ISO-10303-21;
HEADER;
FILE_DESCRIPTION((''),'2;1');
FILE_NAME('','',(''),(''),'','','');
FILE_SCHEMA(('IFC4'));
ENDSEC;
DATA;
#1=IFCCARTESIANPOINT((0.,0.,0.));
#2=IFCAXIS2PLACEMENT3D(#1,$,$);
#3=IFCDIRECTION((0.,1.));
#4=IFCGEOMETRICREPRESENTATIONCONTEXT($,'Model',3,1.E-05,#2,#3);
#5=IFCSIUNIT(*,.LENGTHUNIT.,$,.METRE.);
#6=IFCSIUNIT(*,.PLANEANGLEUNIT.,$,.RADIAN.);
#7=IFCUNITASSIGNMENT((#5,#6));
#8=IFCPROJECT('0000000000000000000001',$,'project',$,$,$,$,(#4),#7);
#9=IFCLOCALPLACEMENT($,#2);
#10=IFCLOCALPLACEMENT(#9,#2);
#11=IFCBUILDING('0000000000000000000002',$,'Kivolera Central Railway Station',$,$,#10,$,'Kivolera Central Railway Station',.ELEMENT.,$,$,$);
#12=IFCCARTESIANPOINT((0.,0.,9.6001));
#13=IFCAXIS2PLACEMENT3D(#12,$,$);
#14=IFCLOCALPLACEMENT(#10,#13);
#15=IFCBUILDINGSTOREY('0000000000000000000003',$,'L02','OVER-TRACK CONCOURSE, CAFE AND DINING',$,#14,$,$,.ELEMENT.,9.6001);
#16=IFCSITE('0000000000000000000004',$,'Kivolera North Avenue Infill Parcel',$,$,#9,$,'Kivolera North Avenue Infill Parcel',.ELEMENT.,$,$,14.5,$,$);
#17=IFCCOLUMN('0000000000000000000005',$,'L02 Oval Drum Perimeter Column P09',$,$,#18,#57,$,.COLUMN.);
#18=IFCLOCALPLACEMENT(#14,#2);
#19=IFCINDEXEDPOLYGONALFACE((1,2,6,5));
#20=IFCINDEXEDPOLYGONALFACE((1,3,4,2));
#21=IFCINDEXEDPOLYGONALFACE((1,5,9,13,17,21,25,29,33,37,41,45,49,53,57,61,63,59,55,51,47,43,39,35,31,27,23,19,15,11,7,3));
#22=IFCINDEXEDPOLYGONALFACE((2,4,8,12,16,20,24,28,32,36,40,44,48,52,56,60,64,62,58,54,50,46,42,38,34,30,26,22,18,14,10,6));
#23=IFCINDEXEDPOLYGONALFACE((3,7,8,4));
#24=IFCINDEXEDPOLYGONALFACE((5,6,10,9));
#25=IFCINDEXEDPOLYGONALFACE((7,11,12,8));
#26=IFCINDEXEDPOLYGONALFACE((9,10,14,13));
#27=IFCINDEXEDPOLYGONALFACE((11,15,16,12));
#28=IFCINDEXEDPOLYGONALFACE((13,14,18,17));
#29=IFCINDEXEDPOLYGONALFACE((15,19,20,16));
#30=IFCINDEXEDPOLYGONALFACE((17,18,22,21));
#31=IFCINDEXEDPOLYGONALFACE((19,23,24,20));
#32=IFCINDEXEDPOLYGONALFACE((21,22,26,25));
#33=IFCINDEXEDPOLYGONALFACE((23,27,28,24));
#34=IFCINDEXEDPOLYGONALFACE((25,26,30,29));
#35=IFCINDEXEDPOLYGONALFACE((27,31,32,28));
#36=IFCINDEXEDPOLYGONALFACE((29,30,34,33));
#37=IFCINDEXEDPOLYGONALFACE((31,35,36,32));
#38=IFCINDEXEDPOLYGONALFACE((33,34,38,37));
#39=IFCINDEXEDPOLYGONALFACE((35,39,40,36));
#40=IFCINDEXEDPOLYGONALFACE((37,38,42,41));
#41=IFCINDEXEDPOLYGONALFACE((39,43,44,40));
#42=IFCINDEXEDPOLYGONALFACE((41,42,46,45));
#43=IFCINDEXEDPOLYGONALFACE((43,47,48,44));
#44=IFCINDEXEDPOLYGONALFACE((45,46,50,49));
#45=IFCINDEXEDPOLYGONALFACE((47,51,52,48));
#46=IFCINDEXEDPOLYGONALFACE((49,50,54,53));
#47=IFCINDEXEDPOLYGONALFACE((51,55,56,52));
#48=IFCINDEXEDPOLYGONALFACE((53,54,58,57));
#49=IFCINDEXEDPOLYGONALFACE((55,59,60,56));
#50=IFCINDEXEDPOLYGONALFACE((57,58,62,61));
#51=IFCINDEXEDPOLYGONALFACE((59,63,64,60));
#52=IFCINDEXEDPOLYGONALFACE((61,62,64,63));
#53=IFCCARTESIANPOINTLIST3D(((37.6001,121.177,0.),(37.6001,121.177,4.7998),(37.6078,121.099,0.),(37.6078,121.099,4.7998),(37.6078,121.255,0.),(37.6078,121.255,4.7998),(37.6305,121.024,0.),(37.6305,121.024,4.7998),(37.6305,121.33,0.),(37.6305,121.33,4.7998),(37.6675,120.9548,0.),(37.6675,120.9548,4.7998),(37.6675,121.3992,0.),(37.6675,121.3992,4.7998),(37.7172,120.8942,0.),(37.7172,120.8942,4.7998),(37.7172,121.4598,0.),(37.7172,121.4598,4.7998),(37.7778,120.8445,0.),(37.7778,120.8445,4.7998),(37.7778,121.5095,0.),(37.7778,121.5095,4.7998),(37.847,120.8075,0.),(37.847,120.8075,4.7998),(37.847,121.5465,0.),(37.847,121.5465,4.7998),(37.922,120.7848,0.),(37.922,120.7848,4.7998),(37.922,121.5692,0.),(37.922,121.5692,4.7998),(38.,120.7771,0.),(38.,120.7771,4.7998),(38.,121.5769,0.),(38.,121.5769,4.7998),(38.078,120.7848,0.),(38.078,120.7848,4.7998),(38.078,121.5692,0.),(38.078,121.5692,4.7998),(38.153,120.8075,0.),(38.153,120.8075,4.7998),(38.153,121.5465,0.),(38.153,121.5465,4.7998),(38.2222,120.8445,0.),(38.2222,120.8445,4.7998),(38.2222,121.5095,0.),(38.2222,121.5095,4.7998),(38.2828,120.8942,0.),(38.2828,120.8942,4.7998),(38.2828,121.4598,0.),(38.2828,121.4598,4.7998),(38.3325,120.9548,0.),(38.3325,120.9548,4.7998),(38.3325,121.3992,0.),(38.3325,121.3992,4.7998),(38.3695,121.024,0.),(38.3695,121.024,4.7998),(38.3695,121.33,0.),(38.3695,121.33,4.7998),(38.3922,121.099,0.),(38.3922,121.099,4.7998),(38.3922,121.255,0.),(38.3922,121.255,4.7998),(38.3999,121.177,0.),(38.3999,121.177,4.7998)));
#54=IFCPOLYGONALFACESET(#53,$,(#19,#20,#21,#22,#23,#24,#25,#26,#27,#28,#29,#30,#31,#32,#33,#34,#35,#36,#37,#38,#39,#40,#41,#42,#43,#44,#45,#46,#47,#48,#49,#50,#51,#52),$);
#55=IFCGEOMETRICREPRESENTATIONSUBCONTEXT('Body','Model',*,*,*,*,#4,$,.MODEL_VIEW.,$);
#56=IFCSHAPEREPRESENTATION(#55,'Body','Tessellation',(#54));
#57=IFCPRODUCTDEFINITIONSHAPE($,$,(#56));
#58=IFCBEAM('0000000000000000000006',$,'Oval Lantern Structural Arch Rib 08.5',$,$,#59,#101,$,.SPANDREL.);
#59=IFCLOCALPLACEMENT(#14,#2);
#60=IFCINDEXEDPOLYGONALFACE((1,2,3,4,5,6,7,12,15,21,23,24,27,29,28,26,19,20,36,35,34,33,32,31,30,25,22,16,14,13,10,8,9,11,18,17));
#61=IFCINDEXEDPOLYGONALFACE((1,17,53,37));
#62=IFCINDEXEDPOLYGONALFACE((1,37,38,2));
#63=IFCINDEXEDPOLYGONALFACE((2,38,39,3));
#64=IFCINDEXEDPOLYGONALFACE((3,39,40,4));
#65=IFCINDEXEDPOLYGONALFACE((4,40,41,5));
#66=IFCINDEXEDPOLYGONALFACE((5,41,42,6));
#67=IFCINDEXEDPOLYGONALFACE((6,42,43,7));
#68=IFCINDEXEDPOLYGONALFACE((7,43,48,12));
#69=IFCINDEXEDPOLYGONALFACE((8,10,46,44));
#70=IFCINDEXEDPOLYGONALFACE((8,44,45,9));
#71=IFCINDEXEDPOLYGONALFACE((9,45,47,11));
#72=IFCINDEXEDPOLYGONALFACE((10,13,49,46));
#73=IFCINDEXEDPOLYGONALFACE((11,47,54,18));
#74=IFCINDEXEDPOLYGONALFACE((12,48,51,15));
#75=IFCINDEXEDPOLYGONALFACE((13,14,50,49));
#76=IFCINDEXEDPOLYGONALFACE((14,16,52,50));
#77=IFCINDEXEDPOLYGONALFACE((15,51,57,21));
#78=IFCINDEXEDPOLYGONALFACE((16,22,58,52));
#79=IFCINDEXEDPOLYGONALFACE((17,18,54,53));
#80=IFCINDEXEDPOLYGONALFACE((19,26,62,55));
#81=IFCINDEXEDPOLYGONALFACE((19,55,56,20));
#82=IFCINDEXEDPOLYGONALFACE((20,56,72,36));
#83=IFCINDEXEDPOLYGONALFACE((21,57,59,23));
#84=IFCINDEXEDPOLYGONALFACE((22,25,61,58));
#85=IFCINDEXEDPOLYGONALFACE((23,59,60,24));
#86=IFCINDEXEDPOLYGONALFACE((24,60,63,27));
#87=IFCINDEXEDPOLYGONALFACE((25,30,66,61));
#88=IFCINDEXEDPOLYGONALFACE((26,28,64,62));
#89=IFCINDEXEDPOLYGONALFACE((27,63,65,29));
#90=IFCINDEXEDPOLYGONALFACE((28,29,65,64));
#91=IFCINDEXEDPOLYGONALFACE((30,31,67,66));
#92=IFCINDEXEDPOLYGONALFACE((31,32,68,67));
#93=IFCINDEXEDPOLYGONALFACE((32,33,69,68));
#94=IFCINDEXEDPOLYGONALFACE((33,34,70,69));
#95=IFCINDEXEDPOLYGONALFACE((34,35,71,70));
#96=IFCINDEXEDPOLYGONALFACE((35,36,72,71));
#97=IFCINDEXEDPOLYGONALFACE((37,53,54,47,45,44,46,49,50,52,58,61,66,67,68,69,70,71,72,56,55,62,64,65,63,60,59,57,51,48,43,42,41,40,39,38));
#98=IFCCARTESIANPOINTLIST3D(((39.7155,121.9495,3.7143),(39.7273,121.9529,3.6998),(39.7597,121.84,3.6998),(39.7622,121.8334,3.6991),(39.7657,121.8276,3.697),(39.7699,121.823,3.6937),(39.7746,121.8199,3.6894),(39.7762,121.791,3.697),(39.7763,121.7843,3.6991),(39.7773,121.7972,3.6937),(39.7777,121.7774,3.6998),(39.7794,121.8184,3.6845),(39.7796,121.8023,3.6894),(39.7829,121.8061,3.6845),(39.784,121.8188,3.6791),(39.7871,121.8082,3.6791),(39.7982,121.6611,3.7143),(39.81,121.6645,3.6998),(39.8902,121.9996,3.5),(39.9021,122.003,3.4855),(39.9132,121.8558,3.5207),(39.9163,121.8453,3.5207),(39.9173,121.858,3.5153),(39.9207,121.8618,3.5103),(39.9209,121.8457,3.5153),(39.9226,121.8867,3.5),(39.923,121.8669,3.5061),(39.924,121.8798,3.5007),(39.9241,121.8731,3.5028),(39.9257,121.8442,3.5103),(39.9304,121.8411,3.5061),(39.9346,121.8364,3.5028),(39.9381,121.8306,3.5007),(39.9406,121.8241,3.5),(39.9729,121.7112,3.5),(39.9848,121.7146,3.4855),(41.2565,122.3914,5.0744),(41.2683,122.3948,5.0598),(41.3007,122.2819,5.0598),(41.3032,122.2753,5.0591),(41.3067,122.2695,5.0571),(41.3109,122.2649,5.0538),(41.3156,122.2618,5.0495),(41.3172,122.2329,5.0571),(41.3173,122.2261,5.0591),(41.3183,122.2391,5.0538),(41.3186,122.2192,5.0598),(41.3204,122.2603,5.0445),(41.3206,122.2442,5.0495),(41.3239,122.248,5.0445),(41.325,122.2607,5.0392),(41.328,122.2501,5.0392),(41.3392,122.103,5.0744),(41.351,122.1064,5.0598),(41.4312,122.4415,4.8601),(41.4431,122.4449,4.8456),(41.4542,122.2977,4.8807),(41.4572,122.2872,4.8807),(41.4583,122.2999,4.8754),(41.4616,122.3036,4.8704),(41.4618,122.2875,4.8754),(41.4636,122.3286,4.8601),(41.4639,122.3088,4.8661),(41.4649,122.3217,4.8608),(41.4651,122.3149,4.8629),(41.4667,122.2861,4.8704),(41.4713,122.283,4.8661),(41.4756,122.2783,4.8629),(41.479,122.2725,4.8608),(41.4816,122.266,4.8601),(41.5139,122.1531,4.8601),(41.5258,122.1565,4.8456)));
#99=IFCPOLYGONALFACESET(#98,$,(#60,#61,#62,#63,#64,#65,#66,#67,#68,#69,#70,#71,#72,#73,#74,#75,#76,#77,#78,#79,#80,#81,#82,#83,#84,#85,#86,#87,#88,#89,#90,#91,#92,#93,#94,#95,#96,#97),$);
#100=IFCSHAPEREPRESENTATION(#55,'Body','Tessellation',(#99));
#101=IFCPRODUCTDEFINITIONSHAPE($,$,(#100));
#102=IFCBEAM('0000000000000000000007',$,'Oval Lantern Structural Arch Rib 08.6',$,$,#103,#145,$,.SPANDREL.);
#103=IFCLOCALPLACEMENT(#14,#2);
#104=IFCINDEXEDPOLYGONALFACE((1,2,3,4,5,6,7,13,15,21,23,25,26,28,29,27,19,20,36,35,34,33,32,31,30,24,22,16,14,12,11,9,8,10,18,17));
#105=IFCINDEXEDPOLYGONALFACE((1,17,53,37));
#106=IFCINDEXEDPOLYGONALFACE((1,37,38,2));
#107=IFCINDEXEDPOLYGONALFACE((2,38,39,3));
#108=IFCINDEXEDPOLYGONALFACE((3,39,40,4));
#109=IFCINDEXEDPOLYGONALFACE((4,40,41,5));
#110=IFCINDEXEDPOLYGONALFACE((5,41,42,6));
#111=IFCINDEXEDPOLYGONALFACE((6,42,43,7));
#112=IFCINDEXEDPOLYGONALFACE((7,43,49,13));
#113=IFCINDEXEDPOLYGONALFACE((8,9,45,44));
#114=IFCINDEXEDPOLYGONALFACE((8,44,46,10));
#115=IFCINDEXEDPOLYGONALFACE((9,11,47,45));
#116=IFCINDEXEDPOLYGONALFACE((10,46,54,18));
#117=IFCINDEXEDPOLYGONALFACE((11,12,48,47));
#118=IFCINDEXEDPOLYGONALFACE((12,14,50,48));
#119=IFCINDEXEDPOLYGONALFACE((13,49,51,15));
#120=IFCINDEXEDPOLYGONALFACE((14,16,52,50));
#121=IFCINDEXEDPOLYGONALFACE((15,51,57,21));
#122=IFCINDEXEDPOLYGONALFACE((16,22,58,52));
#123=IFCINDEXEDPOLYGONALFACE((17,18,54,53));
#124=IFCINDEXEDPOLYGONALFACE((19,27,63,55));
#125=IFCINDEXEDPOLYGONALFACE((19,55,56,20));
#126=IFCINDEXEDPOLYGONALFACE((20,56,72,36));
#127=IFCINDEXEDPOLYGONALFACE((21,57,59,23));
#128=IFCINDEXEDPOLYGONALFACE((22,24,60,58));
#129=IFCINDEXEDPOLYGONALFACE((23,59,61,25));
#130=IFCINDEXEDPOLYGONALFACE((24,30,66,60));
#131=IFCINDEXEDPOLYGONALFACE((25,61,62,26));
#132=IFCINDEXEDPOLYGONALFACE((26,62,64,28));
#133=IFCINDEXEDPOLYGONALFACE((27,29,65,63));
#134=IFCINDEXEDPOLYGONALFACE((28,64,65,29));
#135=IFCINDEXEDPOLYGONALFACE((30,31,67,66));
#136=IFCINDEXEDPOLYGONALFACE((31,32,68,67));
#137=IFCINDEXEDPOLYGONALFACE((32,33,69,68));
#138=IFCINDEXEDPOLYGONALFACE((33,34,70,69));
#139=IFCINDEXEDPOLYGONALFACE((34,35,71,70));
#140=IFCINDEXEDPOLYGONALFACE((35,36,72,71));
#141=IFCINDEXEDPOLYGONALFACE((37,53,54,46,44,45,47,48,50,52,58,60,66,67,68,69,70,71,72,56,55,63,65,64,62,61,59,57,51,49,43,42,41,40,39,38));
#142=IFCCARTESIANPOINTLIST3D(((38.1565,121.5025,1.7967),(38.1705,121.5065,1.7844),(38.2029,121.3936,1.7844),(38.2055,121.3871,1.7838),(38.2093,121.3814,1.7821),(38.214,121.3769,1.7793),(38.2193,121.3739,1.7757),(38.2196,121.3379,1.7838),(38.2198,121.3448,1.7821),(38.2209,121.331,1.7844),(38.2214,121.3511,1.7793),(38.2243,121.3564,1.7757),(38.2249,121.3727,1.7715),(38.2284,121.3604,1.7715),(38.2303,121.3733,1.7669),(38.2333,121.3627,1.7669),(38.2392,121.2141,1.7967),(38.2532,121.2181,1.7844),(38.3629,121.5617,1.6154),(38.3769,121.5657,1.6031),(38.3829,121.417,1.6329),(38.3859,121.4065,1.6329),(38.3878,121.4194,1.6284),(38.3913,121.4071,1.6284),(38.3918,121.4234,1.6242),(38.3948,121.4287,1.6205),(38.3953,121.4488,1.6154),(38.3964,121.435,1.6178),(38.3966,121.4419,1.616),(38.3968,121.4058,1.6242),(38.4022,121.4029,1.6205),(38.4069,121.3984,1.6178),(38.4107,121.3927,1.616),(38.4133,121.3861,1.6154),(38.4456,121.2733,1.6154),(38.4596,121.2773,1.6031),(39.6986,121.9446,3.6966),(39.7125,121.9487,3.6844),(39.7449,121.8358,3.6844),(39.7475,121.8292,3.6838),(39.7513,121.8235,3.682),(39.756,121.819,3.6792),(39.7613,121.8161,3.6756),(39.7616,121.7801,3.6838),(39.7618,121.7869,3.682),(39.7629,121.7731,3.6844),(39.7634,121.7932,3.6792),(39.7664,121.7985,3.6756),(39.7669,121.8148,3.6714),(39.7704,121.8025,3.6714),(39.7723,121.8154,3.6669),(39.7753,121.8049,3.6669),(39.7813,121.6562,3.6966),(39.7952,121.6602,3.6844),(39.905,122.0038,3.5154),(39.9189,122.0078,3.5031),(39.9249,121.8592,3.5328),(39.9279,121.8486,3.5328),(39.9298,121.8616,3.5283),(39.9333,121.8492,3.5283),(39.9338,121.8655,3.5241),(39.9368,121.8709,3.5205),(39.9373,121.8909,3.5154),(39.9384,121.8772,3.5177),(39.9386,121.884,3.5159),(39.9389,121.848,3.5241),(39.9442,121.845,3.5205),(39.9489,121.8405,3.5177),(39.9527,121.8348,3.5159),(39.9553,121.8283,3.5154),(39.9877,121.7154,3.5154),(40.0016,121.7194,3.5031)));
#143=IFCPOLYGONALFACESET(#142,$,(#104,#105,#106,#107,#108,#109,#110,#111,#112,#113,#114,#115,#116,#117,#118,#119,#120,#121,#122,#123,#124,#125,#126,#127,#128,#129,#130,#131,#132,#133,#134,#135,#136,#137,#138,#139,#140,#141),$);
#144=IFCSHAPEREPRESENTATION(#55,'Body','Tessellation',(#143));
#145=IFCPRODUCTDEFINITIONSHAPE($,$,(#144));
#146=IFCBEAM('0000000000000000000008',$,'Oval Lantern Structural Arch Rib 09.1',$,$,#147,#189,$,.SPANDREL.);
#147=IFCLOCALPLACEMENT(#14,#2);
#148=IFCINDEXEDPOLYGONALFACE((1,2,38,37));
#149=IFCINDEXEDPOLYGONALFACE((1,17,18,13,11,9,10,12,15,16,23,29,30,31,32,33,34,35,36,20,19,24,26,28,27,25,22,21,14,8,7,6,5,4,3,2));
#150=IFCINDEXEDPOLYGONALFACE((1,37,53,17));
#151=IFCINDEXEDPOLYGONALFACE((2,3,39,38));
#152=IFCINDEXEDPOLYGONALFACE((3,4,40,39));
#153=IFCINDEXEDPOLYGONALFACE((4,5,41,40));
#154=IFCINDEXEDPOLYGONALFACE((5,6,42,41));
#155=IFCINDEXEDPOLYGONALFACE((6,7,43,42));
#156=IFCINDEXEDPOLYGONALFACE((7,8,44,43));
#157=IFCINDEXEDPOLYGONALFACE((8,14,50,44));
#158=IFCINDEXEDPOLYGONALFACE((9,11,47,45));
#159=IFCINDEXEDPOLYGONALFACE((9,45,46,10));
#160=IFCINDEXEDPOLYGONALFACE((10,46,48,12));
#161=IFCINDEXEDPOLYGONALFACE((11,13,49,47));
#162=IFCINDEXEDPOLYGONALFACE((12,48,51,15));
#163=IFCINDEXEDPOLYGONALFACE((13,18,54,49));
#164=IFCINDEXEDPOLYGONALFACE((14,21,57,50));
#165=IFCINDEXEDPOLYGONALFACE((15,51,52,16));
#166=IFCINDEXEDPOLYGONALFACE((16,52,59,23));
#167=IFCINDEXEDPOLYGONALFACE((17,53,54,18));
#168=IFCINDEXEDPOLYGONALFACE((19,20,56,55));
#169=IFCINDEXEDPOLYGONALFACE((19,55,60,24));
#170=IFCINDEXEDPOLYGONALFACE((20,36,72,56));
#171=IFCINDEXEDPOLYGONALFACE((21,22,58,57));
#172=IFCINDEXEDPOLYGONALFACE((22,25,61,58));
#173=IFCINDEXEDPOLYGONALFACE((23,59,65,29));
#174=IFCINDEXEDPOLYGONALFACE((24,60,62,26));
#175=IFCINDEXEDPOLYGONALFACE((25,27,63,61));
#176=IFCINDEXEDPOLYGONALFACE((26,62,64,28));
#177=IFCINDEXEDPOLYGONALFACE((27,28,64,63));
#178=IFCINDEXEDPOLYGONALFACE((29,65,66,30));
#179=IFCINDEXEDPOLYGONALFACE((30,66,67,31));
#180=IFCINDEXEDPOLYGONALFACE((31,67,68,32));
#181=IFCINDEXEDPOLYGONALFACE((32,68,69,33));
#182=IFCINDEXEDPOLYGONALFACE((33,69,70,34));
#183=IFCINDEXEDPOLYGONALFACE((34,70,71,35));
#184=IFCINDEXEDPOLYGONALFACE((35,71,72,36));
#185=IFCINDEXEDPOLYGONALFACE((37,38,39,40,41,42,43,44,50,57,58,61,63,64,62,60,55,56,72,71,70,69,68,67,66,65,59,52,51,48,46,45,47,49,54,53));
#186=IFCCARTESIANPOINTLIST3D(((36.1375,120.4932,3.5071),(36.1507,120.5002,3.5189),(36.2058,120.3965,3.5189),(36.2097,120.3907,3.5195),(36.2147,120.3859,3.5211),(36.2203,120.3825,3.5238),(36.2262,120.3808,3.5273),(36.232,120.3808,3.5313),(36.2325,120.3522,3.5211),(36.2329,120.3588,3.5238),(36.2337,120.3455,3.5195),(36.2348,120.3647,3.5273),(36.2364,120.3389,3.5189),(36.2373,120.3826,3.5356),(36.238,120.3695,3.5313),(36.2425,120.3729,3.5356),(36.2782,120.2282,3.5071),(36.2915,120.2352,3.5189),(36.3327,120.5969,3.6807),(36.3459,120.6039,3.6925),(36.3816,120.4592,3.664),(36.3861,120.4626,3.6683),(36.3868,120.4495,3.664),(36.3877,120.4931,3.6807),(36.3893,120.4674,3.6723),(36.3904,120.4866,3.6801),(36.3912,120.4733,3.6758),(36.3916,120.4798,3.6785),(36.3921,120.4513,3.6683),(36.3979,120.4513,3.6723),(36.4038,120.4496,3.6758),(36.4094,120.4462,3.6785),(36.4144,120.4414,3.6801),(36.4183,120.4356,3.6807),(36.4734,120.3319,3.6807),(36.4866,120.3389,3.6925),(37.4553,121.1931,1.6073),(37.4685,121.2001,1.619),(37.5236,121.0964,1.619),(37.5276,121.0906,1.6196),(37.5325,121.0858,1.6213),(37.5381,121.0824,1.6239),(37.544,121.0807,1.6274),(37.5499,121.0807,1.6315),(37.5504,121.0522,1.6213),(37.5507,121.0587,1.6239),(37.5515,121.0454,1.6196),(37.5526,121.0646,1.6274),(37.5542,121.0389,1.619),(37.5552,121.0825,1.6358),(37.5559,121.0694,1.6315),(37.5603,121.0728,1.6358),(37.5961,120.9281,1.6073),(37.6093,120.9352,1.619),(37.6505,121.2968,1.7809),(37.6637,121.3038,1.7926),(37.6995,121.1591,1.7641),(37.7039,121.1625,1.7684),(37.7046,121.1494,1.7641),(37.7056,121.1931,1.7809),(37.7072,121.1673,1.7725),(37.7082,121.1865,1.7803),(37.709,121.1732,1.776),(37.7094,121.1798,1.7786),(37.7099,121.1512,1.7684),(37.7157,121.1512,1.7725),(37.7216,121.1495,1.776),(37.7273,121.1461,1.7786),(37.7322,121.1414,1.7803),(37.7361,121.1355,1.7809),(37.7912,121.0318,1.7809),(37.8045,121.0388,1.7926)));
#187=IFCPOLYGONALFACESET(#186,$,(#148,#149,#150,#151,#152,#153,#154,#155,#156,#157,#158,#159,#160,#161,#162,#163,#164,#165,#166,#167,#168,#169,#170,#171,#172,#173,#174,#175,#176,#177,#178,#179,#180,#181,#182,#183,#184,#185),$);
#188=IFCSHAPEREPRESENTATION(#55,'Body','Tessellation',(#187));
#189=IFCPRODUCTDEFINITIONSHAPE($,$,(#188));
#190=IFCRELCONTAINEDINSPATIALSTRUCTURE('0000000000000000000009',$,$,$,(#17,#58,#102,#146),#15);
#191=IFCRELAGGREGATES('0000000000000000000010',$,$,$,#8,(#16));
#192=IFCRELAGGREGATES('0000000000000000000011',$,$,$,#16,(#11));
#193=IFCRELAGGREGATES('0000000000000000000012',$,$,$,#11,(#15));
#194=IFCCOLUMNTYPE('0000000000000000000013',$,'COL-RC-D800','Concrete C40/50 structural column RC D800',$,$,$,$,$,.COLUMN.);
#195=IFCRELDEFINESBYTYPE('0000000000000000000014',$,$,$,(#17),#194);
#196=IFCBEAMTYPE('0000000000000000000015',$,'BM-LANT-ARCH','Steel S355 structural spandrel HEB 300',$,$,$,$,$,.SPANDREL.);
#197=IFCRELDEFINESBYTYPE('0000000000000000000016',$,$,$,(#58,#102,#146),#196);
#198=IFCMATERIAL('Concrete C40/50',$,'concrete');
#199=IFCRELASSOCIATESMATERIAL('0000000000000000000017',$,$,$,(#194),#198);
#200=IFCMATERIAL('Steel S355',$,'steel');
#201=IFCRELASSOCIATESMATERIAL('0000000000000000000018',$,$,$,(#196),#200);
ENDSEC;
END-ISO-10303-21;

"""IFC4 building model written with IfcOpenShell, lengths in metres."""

from ifc_helpers import new_model, si_unit, direction, frame, origin, origin_2d, place, context, subcontext, project, spatial, circle, i_section, extrude, material, material_profile, profile_set, type_object, element, save


model = new_model("IFC4")

# Units and contexts
model_context = context("Model", 3, precision=1e-05, world=origin(), true_north=direction((0.0, 1.0)))
body_context = subcontext(model_context, "Body", "Model", "MODEL_VIEW")
ifc_project = project(units=[si_unit("LENGTHUNIT", "METRE"), si_unit("PLANEANGLEUNIT", "RADIAN")], contexts=[model_context])

# Site, building, storey
site_placement = place(None, origin())
site = spatial("IfcSite", under=ifc_project, at=site_placement, Name="Kivolera North Avenue Infill Parcel", LongName="Kivolera North Avenue Infill Parcel", CompositionType="ELEMENT", RefElevation=14.5)
building_placement = place(site_placement, origin())
building = spatial("IfcBuilding", under=site, at=building_placement, Name="Kivolera Central Railway Station", LongName="Kivolera Central Railway Station", CompositionType="ELEMENT")
storey_placement = place(building_placement, frame((0.0, 0.0, 9.6001)))
storey = spatial("IfcBuildingStorey", under=building, at=storey_placement, Name="L02", Description="OVER-TRACK CONCOURSE, CAFE AND DINING", CompositionType="ELEMENT", Elevation=9.6001)

# Column
ifc_material_1 = material(Name="Concrete C40/50", Category="concrete")
ifc_material_profile_1 = material_profile(ifc_material_1, circle(Radius=0.3999, at=origin_2d()), Name="RC D800")
ifc_profile_set_1 = profile_set([ifc_material_profile_1], Name="Concrete C40/50")
column_type = type_object("IfcColumnType", Name="COL-RC-D800", Description="Concrete C40/50 structural column RC D800", PredefinedType="COLUMN", material=ifc_profile_set_1)
column_placement = place(storey_placement, frame((38.0, 121.177, 0.0), z_axis=(0.0, 0.0, 1.0), x_axis=(1.0, 0.0, 0.0)))
element("IfcColumn", 1, at=column_placement, inside=storey, type_object=column_type, Name="L02 Oval Drum Perimeter Column P09", PredefinedType="COLUMN", context=body_context, shape_type="SweptSolid", body=[
    extrude(circle(Radius=0.3999, at=origin_2d()), origin(), (0.0, 0.0, 1.0), 4.7998),
])

# Beams
ifc_material_2 = material(Name="Steel S355", Category="steel")
ifc_material_profile_2 = material_profile(ifc_material_2, i_section(OverallWidth=0.3, OverallDepth=0.3, WebThickness=0.011, FlangeThickness=0.019, FilletRadius=0.0271, at=origin_2d()), Name="HEB 300")
ifc_profile_set_2 = profile_set([ifc_material_profile_2], Name="Steel S355")
beam_type = type_object("IfcBeamType", Name="BM-LANT-ARCH", Description="Steel S355 structural spandrel HEB 300", PredefinedType="SPANDREL", material=ifc_profile_set_2)
beam_1_placement = place(storey_placement, frame((41.3911, 122.2739, 4.96), z_axis=(-0.732995, -0.21019, -0.646945), x_axis=(0.275646, -0.961259, 0.0)))
element("IfcBeam", 2, at=beam_1_placement, inside=storey, type_object=beam_type, Name="Oval Lantern Structural Arch Rib 08.5", PredefinedType="SPANDREL", context=body_context, shape_type="SweptSolid", body=[
    extrude(i_section(OverallWidth=0.3, OverallDepth=0.3, WebThickness=0.011, FlangeThickness=0.019, FilletRadius=0.0271, at=origin_2d()), origin(), (0.0, 0.0, 1.0), 2.1023),
])
beam_2_placement = place(storey_placement, frame((39.8501, 121.832, 3.5999), z_axis=(-0.620137, -0.177813, -0.764076), x_axis=(0.275626, -0.961265, 0.0)))
element("IfcBeam", 3, at=beam_2_placement, inside=storey, type_object=beam_type, Name="Oval Lantern Structural Arch Rib 08.6", PredefinedType="SPANDREL", context=body_context, shape_type="SweptSolid", body=[
    extrude(i_section(OverallWidth=0.3, OverallDepth=0.3, WebThickness=0.011, FlangeThickness=0.019, FilletRadius=0.0271, at=origin_2d()), origin(), (0.0, 0.0, 1.0), 2.4866),
])
beam_3_placement = place(storey_placement, frame((37.6299, 121.116, 1.7), z_axis=(-0.54551, -0.289733, 0.786431), x_axis=(0.469068, -0.883162, 0.0)))
element("IfcBeam", 4, at=beam_3_placement, inside=storey, type_object=beam_type, Name="Oval Lantern Structural Arch Rib 09.1", PredefinedType="SPANDREL", context=body_context, shape_type="SweptSolid", body=[
    extrude(i_section(OverallWidth=0.3, OverallDepth=0.3, WebThickness=0.011, FlangeThickness=0.019, FilletRadius=0.0271, at=origin_2d()), origin(), (0.0, 0.0, 1.0), 2.4158),
])

save(model, "model.ifc")
